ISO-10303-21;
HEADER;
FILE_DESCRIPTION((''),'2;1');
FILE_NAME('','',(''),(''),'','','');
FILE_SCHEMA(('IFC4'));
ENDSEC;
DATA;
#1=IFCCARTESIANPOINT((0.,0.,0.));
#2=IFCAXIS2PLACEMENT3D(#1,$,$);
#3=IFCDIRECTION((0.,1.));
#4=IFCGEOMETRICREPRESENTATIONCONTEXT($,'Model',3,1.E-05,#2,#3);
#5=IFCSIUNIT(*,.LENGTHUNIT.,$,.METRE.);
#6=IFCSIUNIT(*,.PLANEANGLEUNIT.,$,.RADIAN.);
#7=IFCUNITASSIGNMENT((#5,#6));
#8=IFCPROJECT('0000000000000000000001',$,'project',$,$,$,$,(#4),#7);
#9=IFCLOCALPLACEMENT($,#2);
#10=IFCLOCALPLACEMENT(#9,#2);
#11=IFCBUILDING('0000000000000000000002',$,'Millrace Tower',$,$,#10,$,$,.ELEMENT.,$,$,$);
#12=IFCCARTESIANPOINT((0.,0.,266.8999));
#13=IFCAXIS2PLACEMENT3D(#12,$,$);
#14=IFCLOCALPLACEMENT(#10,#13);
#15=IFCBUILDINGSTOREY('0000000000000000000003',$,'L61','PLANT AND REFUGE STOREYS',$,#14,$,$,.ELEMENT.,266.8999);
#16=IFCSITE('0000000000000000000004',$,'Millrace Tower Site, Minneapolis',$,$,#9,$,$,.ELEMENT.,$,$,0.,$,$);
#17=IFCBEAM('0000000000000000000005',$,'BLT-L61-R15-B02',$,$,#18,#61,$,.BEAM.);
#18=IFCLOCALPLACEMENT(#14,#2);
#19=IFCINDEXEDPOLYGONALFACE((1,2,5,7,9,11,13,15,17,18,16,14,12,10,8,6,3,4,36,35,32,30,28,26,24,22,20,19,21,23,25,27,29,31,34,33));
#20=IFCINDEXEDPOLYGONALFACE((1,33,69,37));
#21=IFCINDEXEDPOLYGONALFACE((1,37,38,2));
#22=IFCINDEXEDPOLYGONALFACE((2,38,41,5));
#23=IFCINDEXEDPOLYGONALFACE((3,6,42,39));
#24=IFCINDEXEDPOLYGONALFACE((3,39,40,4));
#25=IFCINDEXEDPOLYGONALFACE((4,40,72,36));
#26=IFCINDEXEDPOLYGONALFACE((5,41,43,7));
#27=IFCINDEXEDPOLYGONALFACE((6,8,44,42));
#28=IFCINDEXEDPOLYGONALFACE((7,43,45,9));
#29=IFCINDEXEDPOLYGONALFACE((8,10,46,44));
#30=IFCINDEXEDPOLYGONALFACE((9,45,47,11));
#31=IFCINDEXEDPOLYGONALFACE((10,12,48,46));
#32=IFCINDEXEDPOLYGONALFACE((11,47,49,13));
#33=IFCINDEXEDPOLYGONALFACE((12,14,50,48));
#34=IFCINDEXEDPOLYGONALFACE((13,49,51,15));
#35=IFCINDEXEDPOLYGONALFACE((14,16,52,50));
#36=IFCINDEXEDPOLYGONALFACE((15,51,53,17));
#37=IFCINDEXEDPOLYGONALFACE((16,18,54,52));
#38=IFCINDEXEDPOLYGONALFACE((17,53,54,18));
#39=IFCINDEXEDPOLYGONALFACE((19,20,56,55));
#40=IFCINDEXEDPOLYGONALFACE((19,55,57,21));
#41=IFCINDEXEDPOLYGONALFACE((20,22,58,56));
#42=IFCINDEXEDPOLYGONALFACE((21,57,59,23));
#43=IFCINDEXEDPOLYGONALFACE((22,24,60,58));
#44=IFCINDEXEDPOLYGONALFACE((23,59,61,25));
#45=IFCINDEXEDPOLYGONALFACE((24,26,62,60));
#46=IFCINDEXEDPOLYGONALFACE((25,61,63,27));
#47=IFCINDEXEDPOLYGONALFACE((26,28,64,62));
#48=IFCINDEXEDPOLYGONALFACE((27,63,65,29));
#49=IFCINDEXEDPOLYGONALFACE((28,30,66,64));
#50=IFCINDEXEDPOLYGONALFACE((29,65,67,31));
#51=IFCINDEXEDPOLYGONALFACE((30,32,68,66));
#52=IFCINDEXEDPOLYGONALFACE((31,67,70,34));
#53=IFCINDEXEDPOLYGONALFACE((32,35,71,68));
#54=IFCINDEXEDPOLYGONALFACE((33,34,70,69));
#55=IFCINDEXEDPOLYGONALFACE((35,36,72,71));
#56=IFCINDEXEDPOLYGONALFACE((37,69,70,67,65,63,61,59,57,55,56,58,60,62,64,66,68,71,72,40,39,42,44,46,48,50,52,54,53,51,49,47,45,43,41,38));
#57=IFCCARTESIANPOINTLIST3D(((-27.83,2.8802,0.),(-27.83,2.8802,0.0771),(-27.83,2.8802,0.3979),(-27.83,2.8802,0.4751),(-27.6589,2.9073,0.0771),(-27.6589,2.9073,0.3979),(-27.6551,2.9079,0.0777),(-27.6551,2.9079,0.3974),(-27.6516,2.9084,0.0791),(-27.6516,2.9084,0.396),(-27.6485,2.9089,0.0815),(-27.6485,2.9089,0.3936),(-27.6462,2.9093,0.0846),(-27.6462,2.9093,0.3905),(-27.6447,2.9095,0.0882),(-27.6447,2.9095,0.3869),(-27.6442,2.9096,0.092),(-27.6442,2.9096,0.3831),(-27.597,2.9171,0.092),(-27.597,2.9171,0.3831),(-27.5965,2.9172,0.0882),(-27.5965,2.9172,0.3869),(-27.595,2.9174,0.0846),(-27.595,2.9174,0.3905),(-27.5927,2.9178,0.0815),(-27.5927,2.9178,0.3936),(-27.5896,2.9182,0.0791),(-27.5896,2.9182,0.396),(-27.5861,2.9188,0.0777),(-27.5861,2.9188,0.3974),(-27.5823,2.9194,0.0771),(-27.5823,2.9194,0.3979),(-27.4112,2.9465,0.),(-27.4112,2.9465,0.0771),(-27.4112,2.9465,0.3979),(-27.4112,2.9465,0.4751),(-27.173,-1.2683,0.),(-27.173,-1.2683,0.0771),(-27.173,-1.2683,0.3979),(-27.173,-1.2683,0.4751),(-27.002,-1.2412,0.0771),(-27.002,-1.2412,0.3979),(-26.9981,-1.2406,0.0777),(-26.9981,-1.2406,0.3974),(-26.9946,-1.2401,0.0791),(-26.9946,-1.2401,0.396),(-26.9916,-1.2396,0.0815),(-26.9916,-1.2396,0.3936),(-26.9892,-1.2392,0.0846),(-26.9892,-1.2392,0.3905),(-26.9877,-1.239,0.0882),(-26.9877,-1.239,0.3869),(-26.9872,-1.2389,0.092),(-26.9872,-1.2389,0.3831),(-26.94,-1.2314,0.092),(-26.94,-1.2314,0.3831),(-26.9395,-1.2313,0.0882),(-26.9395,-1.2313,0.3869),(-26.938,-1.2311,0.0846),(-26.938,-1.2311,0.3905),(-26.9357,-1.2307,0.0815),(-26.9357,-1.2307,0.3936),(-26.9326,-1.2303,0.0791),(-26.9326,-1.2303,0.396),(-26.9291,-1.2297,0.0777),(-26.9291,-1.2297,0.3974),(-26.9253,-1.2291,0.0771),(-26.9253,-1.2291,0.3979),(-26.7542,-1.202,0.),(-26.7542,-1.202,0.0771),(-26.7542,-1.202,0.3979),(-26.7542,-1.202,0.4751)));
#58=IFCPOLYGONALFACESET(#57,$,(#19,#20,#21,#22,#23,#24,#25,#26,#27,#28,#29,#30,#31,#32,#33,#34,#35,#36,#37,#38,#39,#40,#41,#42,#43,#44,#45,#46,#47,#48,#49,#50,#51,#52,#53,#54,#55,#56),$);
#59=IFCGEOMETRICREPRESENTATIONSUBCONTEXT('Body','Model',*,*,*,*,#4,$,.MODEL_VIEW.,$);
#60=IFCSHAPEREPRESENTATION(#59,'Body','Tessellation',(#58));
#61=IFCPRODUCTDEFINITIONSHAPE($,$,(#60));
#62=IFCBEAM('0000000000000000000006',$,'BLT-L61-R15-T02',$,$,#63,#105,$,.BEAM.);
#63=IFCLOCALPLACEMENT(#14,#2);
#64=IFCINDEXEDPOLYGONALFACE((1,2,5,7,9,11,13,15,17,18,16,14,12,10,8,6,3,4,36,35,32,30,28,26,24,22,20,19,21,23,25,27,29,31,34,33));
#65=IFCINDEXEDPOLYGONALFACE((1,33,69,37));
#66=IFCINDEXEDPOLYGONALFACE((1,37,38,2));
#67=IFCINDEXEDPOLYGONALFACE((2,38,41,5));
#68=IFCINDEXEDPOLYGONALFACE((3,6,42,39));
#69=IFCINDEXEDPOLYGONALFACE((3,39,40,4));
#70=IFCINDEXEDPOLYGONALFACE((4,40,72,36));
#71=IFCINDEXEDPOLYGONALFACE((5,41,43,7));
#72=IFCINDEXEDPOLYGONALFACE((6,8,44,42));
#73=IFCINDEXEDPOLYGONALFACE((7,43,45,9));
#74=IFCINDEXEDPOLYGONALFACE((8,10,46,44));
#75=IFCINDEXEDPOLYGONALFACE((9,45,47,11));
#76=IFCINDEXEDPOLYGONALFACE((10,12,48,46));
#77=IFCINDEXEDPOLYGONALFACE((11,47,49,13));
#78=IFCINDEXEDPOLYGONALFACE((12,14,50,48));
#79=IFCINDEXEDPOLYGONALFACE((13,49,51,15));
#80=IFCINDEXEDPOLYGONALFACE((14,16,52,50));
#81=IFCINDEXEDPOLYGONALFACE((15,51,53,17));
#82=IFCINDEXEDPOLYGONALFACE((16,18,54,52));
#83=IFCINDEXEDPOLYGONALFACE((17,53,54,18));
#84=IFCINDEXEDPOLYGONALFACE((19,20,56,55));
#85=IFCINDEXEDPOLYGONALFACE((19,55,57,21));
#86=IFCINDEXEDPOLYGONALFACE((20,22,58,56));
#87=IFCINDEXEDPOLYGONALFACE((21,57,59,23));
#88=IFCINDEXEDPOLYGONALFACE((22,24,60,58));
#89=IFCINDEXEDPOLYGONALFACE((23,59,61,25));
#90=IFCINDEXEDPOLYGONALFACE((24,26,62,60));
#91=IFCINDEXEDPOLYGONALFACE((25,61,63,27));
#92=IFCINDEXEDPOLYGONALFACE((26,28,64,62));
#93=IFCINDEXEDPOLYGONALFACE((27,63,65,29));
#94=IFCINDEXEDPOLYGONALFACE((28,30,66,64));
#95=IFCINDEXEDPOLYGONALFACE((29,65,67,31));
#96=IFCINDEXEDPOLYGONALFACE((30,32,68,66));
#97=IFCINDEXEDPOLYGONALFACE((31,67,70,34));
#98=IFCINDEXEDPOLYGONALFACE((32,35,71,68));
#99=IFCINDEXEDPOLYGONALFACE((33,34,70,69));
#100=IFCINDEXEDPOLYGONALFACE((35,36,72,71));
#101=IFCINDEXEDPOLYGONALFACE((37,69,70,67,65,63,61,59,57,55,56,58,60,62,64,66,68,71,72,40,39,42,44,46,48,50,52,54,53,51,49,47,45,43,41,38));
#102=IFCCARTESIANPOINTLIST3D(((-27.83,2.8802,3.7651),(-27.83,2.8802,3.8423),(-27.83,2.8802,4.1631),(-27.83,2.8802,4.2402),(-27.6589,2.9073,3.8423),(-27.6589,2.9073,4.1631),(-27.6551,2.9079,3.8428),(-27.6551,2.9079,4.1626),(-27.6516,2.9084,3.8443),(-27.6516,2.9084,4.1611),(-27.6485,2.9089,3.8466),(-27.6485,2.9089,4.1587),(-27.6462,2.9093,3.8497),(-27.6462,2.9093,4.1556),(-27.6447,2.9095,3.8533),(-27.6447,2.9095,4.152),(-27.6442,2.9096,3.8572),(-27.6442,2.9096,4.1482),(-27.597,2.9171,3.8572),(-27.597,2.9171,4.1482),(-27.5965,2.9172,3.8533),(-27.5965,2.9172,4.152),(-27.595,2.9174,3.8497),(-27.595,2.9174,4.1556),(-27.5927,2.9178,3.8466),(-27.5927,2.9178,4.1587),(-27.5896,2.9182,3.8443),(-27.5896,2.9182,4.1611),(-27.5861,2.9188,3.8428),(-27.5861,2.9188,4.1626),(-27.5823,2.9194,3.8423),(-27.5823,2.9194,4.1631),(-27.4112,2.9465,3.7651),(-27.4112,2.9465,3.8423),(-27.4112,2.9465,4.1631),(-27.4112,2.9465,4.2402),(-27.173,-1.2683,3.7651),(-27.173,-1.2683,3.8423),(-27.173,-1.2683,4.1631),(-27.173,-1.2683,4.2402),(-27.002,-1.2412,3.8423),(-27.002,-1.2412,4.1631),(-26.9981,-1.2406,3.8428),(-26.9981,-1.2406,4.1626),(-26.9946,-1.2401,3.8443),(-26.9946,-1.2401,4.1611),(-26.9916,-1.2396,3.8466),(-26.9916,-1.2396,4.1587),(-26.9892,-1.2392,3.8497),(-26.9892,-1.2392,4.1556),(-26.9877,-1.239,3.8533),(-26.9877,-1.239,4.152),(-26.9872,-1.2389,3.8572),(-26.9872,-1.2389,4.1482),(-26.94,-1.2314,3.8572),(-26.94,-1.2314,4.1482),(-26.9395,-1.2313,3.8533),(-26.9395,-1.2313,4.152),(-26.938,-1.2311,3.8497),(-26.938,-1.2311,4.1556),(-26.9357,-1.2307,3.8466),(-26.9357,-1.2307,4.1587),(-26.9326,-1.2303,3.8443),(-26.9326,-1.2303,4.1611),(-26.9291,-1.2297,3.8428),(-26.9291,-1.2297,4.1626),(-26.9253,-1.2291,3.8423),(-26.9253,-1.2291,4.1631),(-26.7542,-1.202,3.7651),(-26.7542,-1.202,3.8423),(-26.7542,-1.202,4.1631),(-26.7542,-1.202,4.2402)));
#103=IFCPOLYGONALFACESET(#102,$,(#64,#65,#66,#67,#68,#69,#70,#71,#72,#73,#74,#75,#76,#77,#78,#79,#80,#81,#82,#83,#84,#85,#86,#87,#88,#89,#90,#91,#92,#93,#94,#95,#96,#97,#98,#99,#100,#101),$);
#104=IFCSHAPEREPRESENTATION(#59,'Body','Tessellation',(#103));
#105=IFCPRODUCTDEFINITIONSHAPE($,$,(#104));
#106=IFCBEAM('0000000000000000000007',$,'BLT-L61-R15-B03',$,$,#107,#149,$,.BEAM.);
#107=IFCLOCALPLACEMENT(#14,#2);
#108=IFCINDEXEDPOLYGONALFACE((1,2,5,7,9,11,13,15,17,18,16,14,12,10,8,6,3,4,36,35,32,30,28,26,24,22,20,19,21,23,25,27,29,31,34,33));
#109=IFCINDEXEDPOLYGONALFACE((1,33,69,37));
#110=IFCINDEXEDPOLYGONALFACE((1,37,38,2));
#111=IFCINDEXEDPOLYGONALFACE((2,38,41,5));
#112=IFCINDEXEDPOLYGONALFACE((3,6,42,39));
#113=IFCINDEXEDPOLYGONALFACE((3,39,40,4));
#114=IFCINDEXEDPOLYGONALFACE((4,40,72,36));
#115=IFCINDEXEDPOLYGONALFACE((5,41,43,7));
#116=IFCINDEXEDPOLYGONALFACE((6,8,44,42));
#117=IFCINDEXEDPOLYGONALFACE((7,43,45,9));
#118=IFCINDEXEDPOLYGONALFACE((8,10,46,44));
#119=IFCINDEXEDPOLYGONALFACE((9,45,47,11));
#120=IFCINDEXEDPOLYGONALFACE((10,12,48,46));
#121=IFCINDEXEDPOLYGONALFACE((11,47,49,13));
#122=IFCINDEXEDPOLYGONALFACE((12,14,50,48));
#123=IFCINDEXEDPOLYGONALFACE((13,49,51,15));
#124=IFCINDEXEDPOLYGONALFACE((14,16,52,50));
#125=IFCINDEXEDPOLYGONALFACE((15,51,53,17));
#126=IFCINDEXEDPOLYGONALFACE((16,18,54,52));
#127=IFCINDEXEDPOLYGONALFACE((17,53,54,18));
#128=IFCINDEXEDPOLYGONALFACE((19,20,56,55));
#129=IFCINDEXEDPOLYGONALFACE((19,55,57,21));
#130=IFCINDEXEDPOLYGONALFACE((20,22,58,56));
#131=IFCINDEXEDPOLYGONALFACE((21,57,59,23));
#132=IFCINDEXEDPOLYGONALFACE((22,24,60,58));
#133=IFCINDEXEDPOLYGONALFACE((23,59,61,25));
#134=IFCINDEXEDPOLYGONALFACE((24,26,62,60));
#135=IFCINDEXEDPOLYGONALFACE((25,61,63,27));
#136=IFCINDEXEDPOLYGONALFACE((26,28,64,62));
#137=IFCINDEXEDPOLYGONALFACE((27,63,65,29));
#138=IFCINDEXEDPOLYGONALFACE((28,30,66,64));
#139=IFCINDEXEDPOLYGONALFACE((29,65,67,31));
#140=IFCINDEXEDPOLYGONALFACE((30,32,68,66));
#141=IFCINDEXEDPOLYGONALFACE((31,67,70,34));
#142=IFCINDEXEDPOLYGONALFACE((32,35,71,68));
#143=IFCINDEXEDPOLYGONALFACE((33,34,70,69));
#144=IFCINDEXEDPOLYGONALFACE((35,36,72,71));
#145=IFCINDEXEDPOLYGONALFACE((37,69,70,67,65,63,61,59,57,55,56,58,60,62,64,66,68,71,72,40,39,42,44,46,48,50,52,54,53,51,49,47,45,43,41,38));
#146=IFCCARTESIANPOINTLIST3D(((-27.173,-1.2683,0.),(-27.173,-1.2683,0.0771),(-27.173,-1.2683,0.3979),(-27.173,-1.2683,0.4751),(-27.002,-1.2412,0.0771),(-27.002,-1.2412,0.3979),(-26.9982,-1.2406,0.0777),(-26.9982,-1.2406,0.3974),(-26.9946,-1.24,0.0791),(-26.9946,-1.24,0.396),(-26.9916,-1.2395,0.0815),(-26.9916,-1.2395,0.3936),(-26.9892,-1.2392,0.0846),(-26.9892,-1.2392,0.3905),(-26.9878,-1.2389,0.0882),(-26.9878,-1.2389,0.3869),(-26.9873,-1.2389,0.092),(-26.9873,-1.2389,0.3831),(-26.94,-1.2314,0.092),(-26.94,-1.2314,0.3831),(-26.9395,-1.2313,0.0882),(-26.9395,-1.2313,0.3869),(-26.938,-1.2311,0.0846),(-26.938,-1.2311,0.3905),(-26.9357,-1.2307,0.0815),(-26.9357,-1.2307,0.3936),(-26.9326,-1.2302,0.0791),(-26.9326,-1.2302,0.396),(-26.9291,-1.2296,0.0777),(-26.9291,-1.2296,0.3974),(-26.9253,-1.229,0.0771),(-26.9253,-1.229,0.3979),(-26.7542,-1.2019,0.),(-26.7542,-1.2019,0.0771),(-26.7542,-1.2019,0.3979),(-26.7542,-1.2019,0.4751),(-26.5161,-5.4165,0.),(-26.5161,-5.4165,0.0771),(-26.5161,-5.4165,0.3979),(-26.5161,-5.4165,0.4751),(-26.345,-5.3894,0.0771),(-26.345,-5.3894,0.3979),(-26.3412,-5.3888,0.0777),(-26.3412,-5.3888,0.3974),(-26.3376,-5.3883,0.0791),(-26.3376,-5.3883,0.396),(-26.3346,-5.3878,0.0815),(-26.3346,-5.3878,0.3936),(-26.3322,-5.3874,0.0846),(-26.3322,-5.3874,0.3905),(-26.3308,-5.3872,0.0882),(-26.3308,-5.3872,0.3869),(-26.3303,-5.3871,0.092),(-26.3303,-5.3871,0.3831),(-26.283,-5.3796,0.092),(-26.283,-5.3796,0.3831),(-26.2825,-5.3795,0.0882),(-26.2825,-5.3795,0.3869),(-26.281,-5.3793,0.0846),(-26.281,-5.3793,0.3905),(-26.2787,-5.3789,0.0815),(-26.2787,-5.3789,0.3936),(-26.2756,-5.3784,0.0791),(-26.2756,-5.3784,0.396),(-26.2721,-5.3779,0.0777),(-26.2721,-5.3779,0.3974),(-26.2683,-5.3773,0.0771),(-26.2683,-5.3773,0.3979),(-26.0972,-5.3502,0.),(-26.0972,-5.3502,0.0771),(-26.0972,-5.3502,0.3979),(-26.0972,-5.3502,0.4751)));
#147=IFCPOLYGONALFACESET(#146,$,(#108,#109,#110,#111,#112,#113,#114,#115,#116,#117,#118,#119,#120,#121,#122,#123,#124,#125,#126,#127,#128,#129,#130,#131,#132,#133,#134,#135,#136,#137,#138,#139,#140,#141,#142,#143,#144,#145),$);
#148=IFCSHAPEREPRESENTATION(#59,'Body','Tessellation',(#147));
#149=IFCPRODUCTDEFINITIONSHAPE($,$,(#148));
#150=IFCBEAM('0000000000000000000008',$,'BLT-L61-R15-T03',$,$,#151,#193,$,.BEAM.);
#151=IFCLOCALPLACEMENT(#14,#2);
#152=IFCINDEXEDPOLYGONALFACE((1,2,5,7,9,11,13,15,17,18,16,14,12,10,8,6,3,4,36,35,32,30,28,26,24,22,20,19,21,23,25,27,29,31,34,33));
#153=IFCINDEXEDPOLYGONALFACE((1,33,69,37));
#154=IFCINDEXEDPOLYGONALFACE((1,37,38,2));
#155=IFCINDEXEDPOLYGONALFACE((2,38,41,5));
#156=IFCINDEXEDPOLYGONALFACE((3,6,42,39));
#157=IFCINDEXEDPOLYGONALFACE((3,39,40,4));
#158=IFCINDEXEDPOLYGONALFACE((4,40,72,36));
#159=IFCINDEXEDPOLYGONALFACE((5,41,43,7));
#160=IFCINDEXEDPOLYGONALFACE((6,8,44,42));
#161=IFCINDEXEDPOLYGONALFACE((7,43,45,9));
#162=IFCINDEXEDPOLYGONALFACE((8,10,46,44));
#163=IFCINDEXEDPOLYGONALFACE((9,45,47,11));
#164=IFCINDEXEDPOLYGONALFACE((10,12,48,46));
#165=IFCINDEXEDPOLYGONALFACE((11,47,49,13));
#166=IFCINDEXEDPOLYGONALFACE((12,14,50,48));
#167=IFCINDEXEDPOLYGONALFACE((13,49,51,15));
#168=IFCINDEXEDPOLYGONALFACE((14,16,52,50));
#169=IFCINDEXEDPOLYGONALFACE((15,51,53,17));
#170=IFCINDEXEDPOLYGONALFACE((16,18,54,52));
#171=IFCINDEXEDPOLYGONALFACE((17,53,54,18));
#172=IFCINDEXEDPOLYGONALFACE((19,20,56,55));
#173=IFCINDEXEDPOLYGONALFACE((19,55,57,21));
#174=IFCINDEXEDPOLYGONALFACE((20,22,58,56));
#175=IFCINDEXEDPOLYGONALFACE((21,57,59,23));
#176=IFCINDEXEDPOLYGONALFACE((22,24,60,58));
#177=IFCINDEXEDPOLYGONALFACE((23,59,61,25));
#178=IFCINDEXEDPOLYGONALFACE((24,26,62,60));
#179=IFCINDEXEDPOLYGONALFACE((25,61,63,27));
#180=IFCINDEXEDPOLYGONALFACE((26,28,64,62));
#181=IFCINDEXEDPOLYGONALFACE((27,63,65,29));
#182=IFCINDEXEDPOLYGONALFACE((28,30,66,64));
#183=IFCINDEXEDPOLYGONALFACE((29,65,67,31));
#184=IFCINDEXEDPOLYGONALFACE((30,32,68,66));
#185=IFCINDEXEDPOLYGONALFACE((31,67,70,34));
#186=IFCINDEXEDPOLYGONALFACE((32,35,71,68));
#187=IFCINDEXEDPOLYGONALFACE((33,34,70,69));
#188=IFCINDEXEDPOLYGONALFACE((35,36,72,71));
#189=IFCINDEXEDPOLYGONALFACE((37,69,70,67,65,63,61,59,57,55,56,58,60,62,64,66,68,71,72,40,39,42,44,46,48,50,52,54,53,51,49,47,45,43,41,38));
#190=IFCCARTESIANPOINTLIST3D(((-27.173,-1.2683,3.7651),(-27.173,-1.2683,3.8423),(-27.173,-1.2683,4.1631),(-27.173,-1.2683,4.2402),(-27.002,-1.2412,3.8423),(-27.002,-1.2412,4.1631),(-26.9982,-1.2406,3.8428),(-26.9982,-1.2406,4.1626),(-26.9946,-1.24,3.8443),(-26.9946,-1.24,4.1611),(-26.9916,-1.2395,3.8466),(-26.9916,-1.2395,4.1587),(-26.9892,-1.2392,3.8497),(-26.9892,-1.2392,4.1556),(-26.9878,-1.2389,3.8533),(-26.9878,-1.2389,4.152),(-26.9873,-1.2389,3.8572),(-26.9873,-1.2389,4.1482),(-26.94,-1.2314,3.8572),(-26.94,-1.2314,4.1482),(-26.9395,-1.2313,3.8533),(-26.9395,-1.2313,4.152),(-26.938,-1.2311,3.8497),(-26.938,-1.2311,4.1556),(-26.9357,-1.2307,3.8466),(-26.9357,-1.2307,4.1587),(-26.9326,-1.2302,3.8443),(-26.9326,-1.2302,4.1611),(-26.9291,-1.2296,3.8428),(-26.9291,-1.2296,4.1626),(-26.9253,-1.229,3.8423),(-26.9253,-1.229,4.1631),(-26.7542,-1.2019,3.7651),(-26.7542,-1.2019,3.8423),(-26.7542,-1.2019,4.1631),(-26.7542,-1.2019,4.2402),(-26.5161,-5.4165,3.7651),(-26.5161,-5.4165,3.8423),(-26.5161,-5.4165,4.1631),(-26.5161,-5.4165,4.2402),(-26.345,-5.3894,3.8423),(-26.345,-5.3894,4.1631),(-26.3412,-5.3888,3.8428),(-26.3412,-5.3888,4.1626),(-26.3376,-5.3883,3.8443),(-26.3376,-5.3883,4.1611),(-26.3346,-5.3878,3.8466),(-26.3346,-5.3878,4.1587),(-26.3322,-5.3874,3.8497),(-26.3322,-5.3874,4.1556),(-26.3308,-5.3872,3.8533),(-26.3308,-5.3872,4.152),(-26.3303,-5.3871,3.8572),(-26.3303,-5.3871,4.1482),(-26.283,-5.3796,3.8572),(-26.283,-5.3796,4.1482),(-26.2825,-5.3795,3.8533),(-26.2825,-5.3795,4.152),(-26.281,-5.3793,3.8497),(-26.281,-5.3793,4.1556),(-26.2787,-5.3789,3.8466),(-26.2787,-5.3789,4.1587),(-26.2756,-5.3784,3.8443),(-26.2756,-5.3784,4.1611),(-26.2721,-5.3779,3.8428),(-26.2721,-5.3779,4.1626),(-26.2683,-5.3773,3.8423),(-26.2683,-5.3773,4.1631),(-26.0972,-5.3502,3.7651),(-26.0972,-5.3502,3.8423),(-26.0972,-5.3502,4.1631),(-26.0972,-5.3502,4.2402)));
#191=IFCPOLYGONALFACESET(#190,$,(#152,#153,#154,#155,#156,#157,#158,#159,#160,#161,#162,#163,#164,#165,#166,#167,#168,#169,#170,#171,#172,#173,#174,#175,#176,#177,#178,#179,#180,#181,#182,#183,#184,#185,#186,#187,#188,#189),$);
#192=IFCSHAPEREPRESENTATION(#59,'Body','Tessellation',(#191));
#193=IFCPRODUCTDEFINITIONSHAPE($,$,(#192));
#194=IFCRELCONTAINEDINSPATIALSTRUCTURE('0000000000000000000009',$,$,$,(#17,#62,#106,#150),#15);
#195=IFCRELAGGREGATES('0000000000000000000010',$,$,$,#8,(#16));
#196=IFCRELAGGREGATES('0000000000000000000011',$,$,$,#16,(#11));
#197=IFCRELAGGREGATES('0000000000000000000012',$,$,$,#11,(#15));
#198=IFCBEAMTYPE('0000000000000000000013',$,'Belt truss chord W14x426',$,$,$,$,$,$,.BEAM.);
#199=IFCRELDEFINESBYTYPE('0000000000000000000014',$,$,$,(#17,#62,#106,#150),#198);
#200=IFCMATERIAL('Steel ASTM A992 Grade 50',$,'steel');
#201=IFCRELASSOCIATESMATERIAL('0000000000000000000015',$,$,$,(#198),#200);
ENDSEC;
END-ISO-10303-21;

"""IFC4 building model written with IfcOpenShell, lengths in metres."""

from ifc_helpers import new_model, si_unit, direction, frame, origin, origin_2d, place, context, subcontext, project, spatial, i_section, extrude, material, material_profile, profile_set, type_object, element, save


model = new_model("IFC4")

# Units and contexts
model_context = context("Model", 3, precision=1e-05, world=origin(), true_north=direction((0.0, 1.0)))
body_context = subcontext(model_context, "Body", "Model", "MODEL_VIEW")
ifc_project = project(units=[si_unit("LENGTHUNIT", "METRE"), si_unit("PLANEANGLEUNIT", "RADIAN")], contexts=[model_context])

# Site, building, storey
site_placement = place(None, origin())
site = spatial("IfcSite", under=ifc_project, at=site_placement, Name="Millrace Tower Site, Minneapolis", CompositionType="ELEMENT", RefElevation=0.0)
building_placement = place(site_placement, origin())
building = spatial("IfcBuilding", under=site, at=building_placement, Name="Millrace Tower", CompositionType="ELEMENT")
storey_placement = place(building_placement, frame((0.0, 0.0, 266.8999)))
storey = spatial("IfcBuildingStorey", under=building, at=storey_placement, Name="L61", Description="PLANT AND REFUGE STOREYS", CompositionType="ELEMENT", Elevation=266.8999)

# Beams
ifc_material_1 = material(Name="Steel ASTM A992 Grade 50", Category="steel")
ifc_material_profile_1 = material_profile(ifc_material_1, i_section(OverallWidth=0.4241, OverallDepth=0.4751, WebThickness=0.0479, FlangeThickness=0.0771, FilletRadius=0.0149, at=origin_2d()))
ifc_profile_set_1 = profile_set([ifc_material_profile_1], Name="Steel ASTM A992 Grade 50")
beam_type_1 = type_object("IfcBeamType", Name="Belt truss chord W14x426", PredefinedType="BEAM", material=ifc_profile_set_1)
for number, where, z_axis, x_axis, name in (
    (1, (-27.6206, 2.9133, 0.2375), (0.156419, -0.987691, 0.0), (0.987691, 0.156419, 0.0), "BLT-L61-R15-B02"),
    (2, (-27.6206, 2.9133, 4.0027), (0.156419, -0.987691, 0.0), (0.987691, 0.156419, 0.0), "BLT-L61-R15-T02"),
):
    element("IfcBeam", number, at=place(storey_placement, frame(where, z_axis=z_axis, x_axis=x_axis)), inside=storey, type_object=beam_type_1, Name=name, PredefinedType="BEAM", context=body_context, shape_type="SweptSolid", body=[
        extrude(i_section(OverallWidth=0.4241, OverallDepth=0.4751, WebThickness=0.0479, FlangeThickness=0.0771, FilletRadius=0.0149, at=origin_2d()), origin(), (0.0, 0.0, 1.0), 4.2002),
    ])
for number, where, z_axis, x_axis, name in (
    (3, (-26.9636, -1.2351, 0.2375), (0.156428, -0.987689, 0.0), (0.987689, 0.156428, 0.0), "BLT-L61-R15-B03"),
    (4, (-26.9636, -1.2351, 4.0027), (0.156428, -0.987689, 0.0), (0.987689, 0.156428, 0.0), "BLT-L61-R15-T03"),
):
    element("IfcBeam", number, at=place(storey_placement, frame(where, z_axis=z_axis, x_axis=x_axis)), inside=storey, type_object=beam_type_1, Name=name, PredefinedType="BEAM", context=body_context, shape_type="SweptSolid", body=[
        extrude(i_section(OverallWidth=0.4241, OverallDepth=0.4751, WebThickness=0.0479, FlangeThickness=0.0771, FilletRadius=0.0149, at=origin_2d()), origin(), (0.0, 0.0, 1.0), 4.2),
    ])

save(model, "model.ifc")
